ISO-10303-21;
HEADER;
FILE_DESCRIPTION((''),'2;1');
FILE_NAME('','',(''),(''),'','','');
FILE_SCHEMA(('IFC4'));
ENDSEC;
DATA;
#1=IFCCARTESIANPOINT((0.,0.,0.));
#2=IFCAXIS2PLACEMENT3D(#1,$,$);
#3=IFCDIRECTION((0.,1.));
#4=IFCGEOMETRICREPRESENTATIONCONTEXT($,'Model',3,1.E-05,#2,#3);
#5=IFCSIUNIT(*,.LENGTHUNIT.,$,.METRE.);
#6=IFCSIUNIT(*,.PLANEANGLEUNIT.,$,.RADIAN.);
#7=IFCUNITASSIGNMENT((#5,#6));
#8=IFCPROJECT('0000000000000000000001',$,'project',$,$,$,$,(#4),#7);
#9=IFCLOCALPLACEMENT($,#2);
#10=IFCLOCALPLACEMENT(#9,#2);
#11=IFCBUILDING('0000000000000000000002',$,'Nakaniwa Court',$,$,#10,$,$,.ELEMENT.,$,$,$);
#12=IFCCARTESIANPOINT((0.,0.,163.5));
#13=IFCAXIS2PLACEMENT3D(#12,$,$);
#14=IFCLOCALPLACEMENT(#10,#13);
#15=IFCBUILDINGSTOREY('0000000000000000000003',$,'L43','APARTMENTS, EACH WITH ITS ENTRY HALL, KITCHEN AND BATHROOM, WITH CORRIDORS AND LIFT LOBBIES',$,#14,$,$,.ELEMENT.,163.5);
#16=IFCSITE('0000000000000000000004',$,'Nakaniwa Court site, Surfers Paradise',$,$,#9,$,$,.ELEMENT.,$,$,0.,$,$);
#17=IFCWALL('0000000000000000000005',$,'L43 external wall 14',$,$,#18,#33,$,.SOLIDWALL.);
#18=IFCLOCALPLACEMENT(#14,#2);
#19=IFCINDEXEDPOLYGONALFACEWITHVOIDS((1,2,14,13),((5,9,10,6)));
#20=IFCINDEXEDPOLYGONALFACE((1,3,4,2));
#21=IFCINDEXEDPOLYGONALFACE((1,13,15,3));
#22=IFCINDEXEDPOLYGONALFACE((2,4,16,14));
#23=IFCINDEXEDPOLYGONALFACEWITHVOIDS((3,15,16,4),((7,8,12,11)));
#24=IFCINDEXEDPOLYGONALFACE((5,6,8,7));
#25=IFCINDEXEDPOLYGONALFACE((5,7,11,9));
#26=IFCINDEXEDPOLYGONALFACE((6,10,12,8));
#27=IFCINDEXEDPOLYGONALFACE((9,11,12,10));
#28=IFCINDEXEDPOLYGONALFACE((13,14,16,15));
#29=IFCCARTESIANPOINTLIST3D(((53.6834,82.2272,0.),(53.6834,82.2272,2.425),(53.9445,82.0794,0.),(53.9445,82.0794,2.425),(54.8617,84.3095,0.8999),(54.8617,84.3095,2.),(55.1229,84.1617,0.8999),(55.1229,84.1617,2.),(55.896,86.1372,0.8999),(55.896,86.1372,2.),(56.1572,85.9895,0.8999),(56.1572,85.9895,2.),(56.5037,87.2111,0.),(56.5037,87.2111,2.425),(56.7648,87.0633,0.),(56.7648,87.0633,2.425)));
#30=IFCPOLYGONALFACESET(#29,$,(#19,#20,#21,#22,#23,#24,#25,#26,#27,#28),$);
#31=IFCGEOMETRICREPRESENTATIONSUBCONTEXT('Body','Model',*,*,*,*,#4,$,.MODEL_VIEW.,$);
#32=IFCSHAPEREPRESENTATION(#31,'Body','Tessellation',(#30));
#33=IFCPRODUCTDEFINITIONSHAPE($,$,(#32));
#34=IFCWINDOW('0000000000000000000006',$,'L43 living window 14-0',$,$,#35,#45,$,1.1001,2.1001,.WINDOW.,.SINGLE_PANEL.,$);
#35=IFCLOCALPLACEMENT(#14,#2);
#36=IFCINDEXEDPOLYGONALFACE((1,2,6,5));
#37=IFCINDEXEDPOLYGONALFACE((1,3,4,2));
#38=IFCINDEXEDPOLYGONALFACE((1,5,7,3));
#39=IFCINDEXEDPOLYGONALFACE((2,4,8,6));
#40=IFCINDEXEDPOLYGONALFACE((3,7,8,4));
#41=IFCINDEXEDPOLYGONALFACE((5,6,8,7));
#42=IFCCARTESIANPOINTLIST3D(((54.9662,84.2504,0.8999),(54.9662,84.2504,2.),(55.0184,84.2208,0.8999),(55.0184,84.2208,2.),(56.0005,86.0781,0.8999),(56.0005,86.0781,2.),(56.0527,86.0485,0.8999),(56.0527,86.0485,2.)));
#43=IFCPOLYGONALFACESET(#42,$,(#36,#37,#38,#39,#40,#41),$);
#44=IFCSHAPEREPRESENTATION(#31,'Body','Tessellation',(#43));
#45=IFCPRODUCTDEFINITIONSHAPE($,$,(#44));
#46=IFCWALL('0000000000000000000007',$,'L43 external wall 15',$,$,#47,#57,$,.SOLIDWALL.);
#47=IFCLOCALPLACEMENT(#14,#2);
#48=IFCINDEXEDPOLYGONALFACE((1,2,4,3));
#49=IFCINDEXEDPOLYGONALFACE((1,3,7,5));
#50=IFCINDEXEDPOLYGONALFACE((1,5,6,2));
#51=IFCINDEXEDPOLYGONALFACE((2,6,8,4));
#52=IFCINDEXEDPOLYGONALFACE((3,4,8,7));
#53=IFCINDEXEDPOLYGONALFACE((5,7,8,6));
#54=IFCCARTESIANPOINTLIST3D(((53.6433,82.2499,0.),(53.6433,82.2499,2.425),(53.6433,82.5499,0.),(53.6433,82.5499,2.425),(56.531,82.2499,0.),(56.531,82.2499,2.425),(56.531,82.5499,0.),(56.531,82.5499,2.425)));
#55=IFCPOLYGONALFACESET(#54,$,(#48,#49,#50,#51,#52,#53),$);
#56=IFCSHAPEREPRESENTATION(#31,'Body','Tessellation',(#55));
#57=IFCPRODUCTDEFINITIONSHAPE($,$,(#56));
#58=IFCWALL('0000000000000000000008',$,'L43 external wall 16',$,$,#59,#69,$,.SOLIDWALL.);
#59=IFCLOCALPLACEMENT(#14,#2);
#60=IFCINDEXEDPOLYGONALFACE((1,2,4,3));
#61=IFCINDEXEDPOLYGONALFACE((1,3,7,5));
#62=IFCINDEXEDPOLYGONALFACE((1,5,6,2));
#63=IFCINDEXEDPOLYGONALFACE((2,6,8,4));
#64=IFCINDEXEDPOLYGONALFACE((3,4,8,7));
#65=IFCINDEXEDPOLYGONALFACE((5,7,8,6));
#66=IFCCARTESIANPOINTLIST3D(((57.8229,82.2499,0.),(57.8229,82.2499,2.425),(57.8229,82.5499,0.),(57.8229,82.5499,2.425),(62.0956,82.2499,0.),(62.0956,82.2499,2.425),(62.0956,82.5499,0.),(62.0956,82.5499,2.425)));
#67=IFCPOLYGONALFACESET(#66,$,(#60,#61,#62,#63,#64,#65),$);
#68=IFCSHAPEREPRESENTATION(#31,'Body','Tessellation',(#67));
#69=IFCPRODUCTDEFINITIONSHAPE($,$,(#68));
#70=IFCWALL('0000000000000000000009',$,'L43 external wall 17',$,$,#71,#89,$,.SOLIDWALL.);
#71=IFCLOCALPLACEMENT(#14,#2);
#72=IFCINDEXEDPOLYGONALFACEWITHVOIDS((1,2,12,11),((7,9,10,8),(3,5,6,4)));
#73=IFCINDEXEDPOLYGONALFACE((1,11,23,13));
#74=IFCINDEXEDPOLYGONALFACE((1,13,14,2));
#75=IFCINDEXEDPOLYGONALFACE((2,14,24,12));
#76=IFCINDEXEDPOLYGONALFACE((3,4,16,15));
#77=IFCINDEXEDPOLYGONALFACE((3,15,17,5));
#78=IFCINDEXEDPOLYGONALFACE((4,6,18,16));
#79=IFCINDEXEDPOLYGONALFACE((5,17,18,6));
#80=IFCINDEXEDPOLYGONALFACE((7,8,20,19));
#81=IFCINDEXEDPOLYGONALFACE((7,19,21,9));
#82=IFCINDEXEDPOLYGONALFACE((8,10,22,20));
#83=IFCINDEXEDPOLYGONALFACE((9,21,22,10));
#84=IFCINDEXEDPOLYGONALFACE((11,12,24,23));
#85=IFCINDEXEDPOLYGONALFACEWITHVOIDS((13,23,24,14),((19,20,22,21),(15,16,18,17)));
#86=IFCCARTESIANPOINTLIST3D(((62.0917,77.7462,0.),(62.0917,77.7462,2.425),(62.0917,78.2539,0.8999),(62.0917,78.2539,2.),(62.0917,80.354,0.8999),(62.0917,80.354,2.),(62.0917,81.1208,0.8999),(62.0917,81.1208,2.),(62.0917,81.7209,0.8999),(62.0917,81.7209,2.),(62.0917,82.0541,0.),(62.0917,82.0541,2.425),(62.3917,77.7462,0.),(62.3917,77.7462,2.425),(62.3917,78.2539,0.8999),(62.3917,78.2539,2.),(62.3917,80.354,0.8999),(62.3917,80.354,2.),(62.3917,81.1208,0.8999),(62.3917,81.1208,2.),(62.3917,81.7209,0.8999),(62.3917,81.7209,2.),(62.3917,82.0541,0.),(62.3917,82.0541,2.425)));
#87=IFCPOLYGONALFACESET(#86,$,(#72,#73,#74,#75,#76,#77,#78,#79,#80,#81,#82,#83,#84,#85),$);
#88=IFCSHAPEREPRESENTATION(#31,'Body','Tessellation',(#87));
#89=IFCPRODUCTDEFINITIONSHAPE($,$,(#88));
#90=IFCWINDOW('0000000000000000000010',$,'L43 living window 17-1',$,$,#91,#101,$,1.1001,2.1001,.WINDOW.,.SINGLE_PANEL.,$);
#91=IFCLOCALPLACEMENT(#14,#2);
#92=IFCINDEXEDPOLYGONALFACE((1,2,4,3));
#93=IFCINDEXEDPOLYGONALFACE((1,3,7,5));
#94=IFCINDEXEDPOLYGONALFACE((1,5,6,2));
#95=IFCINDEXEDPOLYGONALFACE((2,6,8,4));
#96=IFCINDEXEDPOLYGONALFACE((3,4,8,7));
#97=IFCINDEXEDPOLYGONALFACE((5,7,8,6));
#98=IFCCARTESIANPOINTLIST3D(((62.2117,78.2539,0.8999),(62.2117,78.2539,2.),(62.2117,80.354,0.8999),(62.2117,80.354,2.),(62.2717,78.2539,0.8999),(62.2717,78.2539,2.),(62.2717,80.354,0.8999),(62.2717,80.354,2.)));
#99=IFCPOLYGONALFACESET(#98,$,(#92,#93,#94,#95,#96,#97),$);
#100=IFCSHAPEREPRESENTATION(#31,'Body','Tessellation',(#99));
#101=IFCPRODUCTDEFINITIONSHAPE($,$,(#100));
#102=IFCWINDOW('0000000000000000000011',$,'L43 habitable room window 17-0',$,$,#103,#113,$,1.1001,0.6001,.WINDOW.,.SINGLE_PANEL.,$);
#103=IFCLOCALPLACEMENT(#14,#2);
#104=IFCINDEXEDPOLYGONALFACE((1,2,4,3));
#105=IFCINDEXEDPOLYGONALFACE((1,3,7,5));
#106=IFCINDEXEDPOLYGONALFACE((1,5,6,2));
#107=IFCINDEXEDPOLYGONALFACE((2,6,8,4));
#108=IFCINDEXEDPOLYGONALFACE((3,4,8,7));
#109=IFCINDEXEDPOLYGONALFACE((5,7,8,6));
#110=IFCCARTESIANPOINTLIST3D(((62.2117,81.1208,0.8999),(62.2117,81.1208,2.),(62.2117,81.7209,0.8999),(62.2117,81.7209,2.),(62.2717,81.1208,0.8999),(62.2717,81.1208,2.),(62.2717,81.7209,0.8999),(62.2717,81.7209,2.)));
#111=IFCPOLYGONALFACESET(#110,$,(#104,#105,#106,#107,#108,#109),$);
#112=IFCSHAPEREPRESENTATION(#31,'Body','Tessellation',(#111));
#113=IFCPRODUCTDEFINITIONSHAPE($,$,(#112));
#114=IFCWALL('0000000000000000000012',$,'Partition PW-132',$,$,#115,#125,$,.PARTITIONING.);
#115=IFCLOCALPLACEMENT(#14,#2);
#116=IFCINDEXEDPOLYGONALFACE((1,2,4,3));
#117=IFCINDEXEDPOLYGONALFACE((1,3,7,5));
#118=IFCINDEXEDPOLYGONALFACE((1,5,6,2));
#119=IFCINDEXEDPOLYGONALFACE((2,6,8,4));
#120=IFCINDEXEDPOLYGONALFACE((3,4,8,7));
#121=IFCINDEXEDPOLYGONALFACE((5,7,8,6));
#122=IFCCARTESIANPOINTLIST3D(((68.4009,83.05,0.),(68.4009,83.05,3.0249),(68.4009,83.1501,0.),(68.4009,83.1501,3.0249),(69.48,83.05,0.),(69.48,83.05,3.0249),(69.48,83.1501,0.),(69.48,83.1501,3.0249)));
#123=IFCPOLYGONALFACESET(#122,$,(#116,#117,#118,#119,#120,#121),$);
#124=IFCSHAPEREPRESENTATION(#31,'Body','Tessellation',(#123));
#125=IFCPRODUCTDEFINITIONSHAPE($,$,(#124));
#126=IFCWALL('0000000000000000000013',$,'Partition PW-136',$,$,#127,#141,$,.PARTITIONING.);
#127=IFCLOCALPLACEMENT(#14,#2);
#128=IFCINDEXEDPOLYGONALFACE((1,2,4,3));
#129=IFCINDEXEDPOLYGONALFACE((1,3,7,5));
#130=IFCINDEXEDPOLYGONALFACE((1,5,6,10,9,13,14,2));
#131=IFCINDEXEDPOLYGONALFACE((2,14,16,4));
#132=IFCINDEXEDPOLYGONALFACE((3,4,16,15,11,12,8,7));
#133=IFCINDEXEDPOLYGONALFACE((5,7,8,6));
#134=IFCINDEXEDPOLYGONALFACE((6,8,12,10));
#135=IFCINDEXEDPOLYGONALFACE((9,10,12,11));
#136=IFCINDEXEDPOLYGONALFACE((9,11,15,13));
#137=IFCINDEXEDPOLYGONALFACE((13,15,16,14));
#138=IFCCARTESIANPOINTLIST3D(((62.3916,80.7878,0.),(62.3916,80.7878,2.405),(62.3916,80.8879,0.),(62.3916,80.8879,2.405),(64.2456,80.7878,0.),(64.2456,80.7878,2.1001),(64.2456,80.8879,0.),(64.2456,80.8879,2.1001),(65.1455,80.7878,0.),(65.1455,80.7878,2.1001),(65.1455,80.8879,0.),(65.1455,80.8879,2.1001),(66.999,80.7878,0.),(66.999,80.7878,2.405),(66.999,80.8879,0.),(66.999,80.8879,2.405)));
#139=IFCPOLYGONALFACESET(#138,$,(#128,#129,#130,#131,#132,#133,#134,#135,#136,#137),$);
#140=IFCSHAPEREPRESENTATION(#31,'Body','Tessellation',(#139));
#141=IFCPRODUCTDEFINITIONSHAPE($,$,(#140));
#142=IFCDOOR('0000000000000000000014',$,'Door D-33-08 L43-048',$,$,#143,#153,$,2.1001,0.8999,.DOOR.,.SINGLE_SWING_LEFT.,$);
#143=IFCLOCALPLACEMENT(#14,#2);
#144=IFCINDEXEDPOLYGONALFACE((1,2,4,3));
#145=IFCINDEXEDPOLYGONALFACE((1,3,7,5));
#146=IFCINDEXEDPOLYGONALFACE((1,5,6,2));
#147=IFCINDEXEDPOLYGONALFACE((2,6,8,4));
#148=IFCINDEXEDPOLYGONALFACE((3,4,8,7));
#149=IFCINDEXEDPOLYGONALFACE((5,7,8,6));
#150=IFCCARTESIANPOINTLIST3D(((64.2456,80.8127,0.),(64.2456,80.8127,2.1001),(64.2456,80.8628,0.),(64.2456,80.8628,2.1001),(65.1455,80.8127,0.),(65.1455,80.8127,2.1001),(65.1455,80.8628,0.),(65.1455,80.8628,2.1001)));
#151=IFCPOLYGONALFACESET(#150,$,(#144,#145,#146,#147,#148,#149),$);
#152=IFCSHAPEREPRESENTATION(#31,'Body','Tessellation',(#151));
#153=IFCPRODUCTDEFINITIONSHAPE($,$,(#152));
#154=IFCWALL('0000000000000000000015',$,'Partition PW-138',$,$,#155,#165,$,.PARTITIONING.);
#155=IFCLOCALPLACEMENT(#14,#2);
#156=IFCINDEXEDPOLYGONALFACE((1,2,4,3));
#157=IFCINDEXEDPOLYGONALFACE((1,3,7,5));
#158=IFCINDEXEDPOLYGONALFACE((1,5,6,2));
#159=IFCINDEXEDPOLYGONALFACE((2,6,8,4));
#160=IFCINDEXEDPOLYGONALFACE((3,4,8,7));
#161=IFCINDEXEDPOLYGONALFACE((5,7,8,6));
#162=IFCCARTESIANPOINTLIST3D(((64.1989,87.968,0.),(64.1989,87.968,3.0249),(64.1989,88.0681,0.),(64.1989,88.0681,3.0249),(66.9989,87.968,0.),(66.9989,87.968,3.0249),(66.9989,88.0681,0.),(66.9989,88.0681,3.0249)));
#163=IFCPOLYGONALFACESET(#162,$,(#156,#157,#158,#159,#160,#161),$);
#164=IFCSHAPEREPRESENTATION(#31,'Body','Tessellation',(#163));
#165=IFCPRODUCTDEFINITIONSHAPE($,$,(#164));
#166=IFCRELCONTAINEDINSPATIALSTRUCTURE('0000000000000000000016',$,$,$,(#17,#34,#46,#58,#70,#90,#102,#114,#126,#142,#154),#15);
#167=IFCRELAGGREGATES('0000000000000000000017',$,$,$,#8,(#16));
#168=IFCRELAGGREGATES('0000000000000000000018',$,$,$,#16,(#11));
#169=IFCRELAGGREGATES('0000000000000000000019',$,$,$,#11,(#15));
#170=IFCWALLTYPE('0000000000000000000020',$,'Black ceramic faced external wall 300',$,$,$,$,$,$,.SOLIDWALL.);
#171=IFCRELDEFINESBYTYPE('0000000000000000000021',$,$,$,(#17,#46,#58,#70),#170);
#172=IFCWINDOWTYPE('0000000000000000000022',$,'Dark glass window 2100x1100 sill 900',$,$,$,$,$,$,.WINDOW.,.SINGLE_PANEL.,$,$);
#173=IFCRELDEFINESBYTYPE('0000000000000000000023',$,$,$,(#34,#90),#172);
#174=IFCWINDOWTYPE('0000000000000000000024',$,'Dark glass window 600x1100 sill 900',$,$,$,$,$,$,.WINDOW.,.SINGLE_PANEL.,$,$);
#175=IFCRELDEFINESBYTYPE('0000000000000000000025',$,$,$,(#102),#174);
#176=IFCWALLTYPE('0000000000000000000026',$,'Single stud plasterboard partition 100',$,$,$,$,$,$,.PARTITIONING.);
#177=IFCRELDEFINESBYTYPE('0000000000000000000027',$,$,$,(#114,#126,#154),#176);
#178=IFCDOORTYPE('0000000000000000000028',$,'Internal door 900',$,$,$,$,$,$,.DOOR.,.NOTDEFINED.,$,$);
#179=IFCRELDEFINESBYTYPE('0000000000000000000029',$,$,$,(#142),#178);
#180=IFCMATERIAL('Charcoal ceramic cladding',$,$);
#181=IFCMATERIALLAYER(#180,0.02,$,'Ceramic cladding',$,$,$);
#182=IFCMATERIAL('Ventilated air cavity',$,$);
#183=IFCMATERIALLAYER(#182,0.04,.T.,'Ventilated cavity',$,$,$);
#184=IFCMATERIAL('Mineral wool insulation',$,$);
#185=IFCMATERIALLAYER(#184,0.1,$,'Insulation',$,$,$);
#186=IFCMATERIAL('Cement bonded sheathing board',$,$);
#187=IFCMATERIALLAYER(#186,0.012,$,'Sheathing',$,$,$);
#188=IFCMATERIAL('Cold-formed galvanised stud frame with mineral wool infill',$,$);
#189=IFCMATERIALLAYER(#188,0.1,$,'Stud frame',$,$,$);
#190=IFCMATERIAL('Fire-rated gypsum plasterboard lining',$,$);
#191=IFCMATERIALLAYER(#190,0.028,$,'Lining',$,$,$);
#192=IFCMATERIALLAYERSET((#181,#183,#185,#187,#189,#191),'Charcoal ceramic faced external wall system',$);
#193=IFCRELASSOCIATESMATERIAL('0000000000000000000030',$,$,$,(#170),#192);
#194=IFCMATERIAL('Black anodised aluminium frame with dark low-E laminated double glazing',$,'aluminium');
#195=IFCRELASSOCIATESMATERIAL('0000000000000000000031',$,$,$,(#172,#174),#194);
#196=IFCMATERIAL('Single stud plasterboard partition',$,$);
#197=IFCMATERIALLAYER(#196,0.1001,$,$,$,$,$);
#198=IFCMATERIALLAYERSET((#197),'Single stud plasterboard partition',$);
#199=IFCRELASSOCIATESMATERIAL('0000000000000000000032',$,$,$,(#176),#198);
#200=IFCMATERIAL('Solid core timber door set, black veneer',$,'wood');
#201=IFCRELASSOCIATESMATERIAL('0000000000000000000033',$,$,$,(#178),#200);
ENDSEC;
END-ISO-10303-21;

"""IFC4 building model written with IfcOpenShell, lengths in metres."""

from ifc_helpers import new_model, si_unit, direction, frame, frame_2d, origin, place, context, subcontext, project, spatial, rectangle, extrude, material, layer, layer_set, type_object, element, fill, save


model = new_model("IFC4")

# Units and contexts
model_context = context("Model", 3, precision=1e-05, world=origin(), true_north=direction((0.0, 1.0)))
body_context = subcontext(model_context, "Body", "Model", "MODEL_VIEW")
ifc_project = project(units=[si_unit("LENGTHUNIT", "METRE"), si_unit("PLANEANGLEUNIT", "RADIAN")], contexts=[model_context])

# Site, building, storey
site_placement = place(None, origin())
site = spatial("IfcSite", under=ifc_project, at=site_placement, Name="Nakaniwa Court site, Surfers Paradise", CompositionType="ELEMENT", RefElevation=0.0)
building_placement = place(site_placement, origin())
building = spatial("IfcBuilding", under=site, at=building_placement, Name="Nakaniwa Court", CompositionType="ELEMENT")
storey_placement = place(building_placement, frame((0.0, 0.0, 163.5)))
storey = spatial("IfcBuildingStorey", under=building, at=storey_placement, Name="L43", Description="APARTMENTS, EACH WITH ITS ENTRY HALL, KITCHEN AND BATHROOM, WITH CORRIDORS AND LIFT LOBBIES", CompositionType="ELEMENT", Elevation=163.5)

# Shared definitions
ifc_material_1 = material(Name="Solid core timber door set, black veneer", Category="wood")

# Wall, opening, window
ifc_material_2 = material(Name="Charcoal ceramic cladding")
ifc_layer_1 = layer(ifc_material_2, 0.02, Name="Ceramic cladding")
ifc_material_3 = material(Name="Ventilated air cavity")
ifc_layer_2 = layer(ifc_material_3, 0.04, ventilated=True, Name="Ventilated cavity")
ifc_material_4 = material(Name="Mineral wool insulation")
ifc_layer_3 = layer(ifc_material_4, 0.1, Name="Insulation")
ifc_material_5 = material(Name="Cement bonded sheathing board")
ifc_layer_4 = layer(ifc_material_5, 0.012, Name="Sheathing")
ifc_material_6 = material(Name="Cold-formed galvanised stud frame with mineral wool infill")
ifc_layer_5 = layer(ifc_material_6, 0.1, Name="Stud frame")
ifc_material_7 = material(Name="Fire-rated gypsum plasterboard lining")
ifc_layer_6 = layer(ifc_material_7, 0.028, Name="Lining")
ifc_layer_set_1 = layer_set([ifc_layer_1, ifc_layer_2, ifc_layer_3, ifc_layer_4, ifc_layer_5, ifc_layer_6], Name="Charcoal ceramic faced external wall system")
wall_type_1 = type_object("IfcWallType", Name="Black ceramic faced external wall 300", PredefinedType="SOLIDWALL", material=ifc_layer_set_1)
wall_1_placement = place(storey_placement, frame((56.6343, 87.1372, 0.0), z_axis=(0.0, 0.0, 1.0), x_axis=(-0.492498, -0.870313, 0.0)))
wall_1 = element("IfcWall", 1, at=wall_1_placement, inside=storey, type_object=wall_type_1, Name="L43 external wall 14", PredefinedType="SOLIDWALL", context=body_context, shape_type="SweptSolid", body=[
    extrude(rectangle(XDim=5.7266, YDim=0.3, at=frame_2d((2.8633, 0.0))), origin(), (0.0, 0.0, 1.0), 2.425),
])
opening_1_placement = place(wall_1_placement, frame((1.2339, 0.0, 0.8999)))
opening_1 = element("IfcOpeningElement", 2, at=opening_1_placement, cuts=wall_1, PredefinedType="OPENING", context=body_context, shape_type="SweptSolid", body=[
    extrude(rectangle(XDim=2.1001, YDim=1.1001, at=frame_2d((1.05, 0.55))), frame((0.0, 0.1599, 0.0), z_axis=(0.0, -1.0, 0.0), x_axis=(1.0, 0.0, 0.0)), (0.0, 0.0, 1.0), 0.3201),
])
ifc_material_8 = material(Name="Black anodised aluminium frame with dark low-E laminated double glazing", Category="aluminium")
window_type_1 = type_object("IfcWindowType", Name="Dark glass window 2100x1100 sill 900", PartitioningType="SINGLE_PANEL", PredefinedType="WINDOW", material=ifc_material_8)
window_1_placement = place(opening_1_placement, origin())
window_1 = element("IfcWindow", 3, at=window_1_placement, inside=storey, type_object=window_type_1, Name="L43 living window 14-0", OverallHeight=1.1001, OverallWidth=2.1001, PartitioningType="SINGLE_PANEL", PredefinedType="WINDOW", context=body_context, shape_type="SweptSolid", body=[
    extrude(rectangle(XDim=2.1001, YDim=1.1001, at=frame_2d((1.05, 0.55))), frame((0.0, 0.03, 0.0), z_axis=(0.0, -1.0, 0.0), x_axis=(1.0, 0.0, 0.0)), (0.0, 0.0, 1.0), 0.0601),
])
fill(opening_1, window_1)

# Walls
wall_2_placement = place(storey_placement, frame((53.6433, 82.3999, 0.0), z_axis=(0.0, 0.0, 1.0), x_axis=(1.0, 0.0, 0.0)))
element("IfcWall", 4, at=wall_2_placement, inside=storey, type_object=wall_type_1, Name="L43 external wall 15", PredefinedType="SOLIDWALL", context=body_context, shape_type="SweptSolid", body=[
    extrude(rectangle(XDim=2.8877, YDim=0.3, at=frame_2d((1.4438, 0.0))), origin(), (0.0, 0.0, 1.0), 2.425),
])
wall_3_placement = place(storey_placement, frame((57.823, 82.3999, 0.0), z_axis=(0.0, 0.0, 1.0), x_axis=(1.0, 0.0, 0.0)))
element("IfcWall", 5, at=wall_3_placement, inside=storey, type_object=wall_type_1, Name="L43 external wall 16", PredefinedType="SOLIDWALL", context=body_context, shape_type="SweptSolid", body=[
    extrude(rectangle(XDim=4.2727, YDim=0.3, at=frame_2d((2.1362, 0.0))), origin(), (0.0, 0.0, 1.0), 2.425),
])

# Wall, openings, windows
wall_4_placement = place(storey_placement, frame((62.2417, 82.054, 0.0), z_axis=(0.0, 0.0, 1.0), x_axis=(0.0, -1.0, 0.0)))
wall_4 = element("IfcWall", 6, at=wall_4_placement, inside=storey, type_object=wall_type_1, Name="L43 external wall 17", PredefinedType="SOLIDWALL", context=body_context, shape_type="SweptSolid", body=[
    extrude(rectangle(XDim=4.3079, YDim=0.3, at=frame_2d((2.1538, 0.0))), origin(), (0.0, 0.0, 1.0), 2.425),
])
opening_2_placement = place(wall_4_placement, frame((0.333, 0.0, 0.8999)))
opening_2 = element("IfcOpeningElement", 7, at=opening_2_placement, cuts=wall_4, PredefinedType="OPENING", context=body_context, shape_type="SweptSolid", body=[
    extrude(rectangle(XDim=0.6001, YDim=1.1001, at=frame_2d((0.3, 0.55))), frame((0.0, 0.1599, 0.0), z_axis=(0.0, -1.0, 0.0), x_axis=(1.0, 0.0, 0.0)), (0.0, 0.0, 1.0), 0.3201),
])
opening_3_placement = place(wall_4_placement, frame((1.7, 0.0, 0.8999)))
opening_3 = element("IfcOpeningElement", 8, at=opening_3_placement, cuts=wall_4, PredefinedType="OPENING", context=body_context, shape_type="SweptSolid", body=[
    extrude(rectangle(XDim=2.1001, YDim=1.1001, at=frame_2d((1.05, 0.55))), frame((0.0, 0.1599, 0.0), z_axis=(0.0, -1.0, 0.0), x_axis=(1.0, 0.0, 0.0)), (0.0, 0.0, 1.0), 0.3201),
])
window_2_placement = place(opening_3_placement, origin())
window_2 = element("IfcWindow", 9, at=window_2_placement, inside=storey, type_object=window_type_1, Name="L43 living window 17-1", OverallHeight=1.1001, OverallWidth=2.1001, PartitioningType="SINGLE_PANEL", PredefinedType="WINDOW", context=body_context, shape_type="SweptSolid", body=[
    extrude(rectangle(XDim=2.1001, YDim=1.1001, at=frame_2d((1.05, 0.55))), frame((0.0, 0.03, 0.0), z_axis=(0.0, -1.0, 0.0), x_axis=(1.0, 0.0, 0.0)), (0.0, 0.0, 1.0), 0.0601),
])
fill(opening_3, window_2)
window_type_2 = type_object("IfcWindowType", Name="Dark glass window 600x1100 sill 900", PartitioningType="SINGLE_PANEL", PredefinedType="WINDOW", material=ifc_material_8)
window_3_placement = place(opening_2_placement, origin())
window_3 = element("IfcWindow", 10, at=window_3_placement, inside=storey, type_object=window_type_2, Name="L43 habitable room window 17-0", OverallHeight=1.1001, OverallWidth=0.6001, PartitioningType="SINGLE_PANEL", PredefinedType="WINDOW", context=body_context, shape_type="SweptSolid", body=[
    extrude(rectangle(XDim=0.6001, YDim=1.1001, at=frame_2d((0.3, 0.55))), frame((0.0, 0.03, 0.0), z_axis=(0.0, -1.0, 0.0), x_axis=(1.0, 0.0, 0.0)), (0.0, 0.0, 1.0), 0.0601),
])
fill(opening_2, window_3)

# Wall
ifc_material_9 = material(Name="Single stud plasterboard partition")
ifc_layer_7 = layer(ifc_material_9, 0.1001)
ifc_layer_set_2 = layer_set([ifc_layer_7], Name="Single stud plasterboard partition")
wall_type_2 = type_object("IfcWallType", Name="Single stud plasterboard partition 100", PredefinedType="PARTITIONING", material=ifc_layer_set_2)
wall_5_placement = place(storey_placement, frame((68.4009, 83.1001, 0.0), z_axis=(0.0, 0.0, 1.0), x_axis=(1.0, 0.0, 0.0)))
element("IfcWall", 11, at=wall_5_placement, inside=storey, type_object=wall_type_2, Name="Partition PW-132", PredefinedType="PARTITIONING", context=body_context, shape_type="SweptSolid", body=[
    extrude(rectangle(XDim=1.0791, YDim=0.1001, at=frame_2d((0.5396, 0.0))), origin(), (0.0, 0.0, 1.0), 3.0249),
])

# Wall, opening, door
wall_6_placement = place(storey_placement, frame((62.3916, 80.8379, 0.0), z_axis=(0.0, 0.0, 1.0), x_axis=(1.0, 0.0, 0.0)))
wall_6 = element("IfcWall", 12, at=wall_6_placement, inside=storey, type_object=wall_type_2, Name="Partition PW-136", PredefinedType="PARTITIONING", context=body_context, shape_type="SweptSolid", body=[
    extrude(rectangle(XDim=4.6074, YDim=0.1001, at=frame_2d((2.3037, 0.0))), origin(), (0.0, 0.0, 1.0), 2.405),
])
opening_4_placement = place(wall_6_placement, frame((1.854, 0.0, 0.0)))
opening_4 = element("IfcOpeningElement", 13, at=opening_4_placement, cuts=wall_6, PredefinedType="OPENING", context=body_context, shape_type="SweptSolid", body=[
    extrude(rectangle(XDim=0.8999, YDim=2.1001, at=frame_2d((0.45, 1.05))), frame((0.0, 0.0601, 0.0), z_axis=(0.0, -1.0, 0.0), x_axis=(1.0, 0.0, 0.0)), (0.0, 0.0, 1.0), 0.1201),
])
door_type_1 = type_object("IfcDoorType", Name="Internal door 900", OperationType="NOTDEFINED", PredefinedType="DOOR", material=ifc_material_1)
door_1_placement = place(opening_4_placement, origin())
door_1 = element("IfcDoor", 14, at=door_1_placement, inside=storey, type_object=door_type_1, Name="Door D-33-08 L43-048", OperationType="SINGLE_SWING_LEFT", OverallHeight=2.1001, OverallWidth=0.8999, PredefinedType="DOOR", context=body_context, shape_type="SweptSolid", body=[
    extrude(rectangle(XDim=0.8999, YDim=2.1001, at=frame_2d((0.45, 1.05))), frame((0.0, 0.0249, 0.0), z_axis=(0.0, -1.0, 0.0), x_axis=(1.0, 0.0, 0.0)), (0.0, 0.0, 1.0), 0.05),
])
fill(opening_4, door_1)

# Wall
for number, where, z_axis, x_axis, name in (
    (15, (64.199, 88.0181, 0.0), (0.0, 0.0, 1.0), (1.0, 0.0, 0.0), "Partition PW-138"),
):
    element("IfcWall", number, at=place(storey_placement, frame(where, z_axis=z_axis, x_axis=x_axis)), inside=storey, type_object=wall_type_2, Name=name, PredefinedType="PARTITIONING", context=body_context, shape_type="SweptSolid", body=[
        extrude(rectangle(XDim=2.8, YDim=0.1001, at=frame_2d((1.3999, 0.0))), origin(), (0.0, 0.0, 1.0), 3.0249),
    ])

save(model, "model.ifc")
